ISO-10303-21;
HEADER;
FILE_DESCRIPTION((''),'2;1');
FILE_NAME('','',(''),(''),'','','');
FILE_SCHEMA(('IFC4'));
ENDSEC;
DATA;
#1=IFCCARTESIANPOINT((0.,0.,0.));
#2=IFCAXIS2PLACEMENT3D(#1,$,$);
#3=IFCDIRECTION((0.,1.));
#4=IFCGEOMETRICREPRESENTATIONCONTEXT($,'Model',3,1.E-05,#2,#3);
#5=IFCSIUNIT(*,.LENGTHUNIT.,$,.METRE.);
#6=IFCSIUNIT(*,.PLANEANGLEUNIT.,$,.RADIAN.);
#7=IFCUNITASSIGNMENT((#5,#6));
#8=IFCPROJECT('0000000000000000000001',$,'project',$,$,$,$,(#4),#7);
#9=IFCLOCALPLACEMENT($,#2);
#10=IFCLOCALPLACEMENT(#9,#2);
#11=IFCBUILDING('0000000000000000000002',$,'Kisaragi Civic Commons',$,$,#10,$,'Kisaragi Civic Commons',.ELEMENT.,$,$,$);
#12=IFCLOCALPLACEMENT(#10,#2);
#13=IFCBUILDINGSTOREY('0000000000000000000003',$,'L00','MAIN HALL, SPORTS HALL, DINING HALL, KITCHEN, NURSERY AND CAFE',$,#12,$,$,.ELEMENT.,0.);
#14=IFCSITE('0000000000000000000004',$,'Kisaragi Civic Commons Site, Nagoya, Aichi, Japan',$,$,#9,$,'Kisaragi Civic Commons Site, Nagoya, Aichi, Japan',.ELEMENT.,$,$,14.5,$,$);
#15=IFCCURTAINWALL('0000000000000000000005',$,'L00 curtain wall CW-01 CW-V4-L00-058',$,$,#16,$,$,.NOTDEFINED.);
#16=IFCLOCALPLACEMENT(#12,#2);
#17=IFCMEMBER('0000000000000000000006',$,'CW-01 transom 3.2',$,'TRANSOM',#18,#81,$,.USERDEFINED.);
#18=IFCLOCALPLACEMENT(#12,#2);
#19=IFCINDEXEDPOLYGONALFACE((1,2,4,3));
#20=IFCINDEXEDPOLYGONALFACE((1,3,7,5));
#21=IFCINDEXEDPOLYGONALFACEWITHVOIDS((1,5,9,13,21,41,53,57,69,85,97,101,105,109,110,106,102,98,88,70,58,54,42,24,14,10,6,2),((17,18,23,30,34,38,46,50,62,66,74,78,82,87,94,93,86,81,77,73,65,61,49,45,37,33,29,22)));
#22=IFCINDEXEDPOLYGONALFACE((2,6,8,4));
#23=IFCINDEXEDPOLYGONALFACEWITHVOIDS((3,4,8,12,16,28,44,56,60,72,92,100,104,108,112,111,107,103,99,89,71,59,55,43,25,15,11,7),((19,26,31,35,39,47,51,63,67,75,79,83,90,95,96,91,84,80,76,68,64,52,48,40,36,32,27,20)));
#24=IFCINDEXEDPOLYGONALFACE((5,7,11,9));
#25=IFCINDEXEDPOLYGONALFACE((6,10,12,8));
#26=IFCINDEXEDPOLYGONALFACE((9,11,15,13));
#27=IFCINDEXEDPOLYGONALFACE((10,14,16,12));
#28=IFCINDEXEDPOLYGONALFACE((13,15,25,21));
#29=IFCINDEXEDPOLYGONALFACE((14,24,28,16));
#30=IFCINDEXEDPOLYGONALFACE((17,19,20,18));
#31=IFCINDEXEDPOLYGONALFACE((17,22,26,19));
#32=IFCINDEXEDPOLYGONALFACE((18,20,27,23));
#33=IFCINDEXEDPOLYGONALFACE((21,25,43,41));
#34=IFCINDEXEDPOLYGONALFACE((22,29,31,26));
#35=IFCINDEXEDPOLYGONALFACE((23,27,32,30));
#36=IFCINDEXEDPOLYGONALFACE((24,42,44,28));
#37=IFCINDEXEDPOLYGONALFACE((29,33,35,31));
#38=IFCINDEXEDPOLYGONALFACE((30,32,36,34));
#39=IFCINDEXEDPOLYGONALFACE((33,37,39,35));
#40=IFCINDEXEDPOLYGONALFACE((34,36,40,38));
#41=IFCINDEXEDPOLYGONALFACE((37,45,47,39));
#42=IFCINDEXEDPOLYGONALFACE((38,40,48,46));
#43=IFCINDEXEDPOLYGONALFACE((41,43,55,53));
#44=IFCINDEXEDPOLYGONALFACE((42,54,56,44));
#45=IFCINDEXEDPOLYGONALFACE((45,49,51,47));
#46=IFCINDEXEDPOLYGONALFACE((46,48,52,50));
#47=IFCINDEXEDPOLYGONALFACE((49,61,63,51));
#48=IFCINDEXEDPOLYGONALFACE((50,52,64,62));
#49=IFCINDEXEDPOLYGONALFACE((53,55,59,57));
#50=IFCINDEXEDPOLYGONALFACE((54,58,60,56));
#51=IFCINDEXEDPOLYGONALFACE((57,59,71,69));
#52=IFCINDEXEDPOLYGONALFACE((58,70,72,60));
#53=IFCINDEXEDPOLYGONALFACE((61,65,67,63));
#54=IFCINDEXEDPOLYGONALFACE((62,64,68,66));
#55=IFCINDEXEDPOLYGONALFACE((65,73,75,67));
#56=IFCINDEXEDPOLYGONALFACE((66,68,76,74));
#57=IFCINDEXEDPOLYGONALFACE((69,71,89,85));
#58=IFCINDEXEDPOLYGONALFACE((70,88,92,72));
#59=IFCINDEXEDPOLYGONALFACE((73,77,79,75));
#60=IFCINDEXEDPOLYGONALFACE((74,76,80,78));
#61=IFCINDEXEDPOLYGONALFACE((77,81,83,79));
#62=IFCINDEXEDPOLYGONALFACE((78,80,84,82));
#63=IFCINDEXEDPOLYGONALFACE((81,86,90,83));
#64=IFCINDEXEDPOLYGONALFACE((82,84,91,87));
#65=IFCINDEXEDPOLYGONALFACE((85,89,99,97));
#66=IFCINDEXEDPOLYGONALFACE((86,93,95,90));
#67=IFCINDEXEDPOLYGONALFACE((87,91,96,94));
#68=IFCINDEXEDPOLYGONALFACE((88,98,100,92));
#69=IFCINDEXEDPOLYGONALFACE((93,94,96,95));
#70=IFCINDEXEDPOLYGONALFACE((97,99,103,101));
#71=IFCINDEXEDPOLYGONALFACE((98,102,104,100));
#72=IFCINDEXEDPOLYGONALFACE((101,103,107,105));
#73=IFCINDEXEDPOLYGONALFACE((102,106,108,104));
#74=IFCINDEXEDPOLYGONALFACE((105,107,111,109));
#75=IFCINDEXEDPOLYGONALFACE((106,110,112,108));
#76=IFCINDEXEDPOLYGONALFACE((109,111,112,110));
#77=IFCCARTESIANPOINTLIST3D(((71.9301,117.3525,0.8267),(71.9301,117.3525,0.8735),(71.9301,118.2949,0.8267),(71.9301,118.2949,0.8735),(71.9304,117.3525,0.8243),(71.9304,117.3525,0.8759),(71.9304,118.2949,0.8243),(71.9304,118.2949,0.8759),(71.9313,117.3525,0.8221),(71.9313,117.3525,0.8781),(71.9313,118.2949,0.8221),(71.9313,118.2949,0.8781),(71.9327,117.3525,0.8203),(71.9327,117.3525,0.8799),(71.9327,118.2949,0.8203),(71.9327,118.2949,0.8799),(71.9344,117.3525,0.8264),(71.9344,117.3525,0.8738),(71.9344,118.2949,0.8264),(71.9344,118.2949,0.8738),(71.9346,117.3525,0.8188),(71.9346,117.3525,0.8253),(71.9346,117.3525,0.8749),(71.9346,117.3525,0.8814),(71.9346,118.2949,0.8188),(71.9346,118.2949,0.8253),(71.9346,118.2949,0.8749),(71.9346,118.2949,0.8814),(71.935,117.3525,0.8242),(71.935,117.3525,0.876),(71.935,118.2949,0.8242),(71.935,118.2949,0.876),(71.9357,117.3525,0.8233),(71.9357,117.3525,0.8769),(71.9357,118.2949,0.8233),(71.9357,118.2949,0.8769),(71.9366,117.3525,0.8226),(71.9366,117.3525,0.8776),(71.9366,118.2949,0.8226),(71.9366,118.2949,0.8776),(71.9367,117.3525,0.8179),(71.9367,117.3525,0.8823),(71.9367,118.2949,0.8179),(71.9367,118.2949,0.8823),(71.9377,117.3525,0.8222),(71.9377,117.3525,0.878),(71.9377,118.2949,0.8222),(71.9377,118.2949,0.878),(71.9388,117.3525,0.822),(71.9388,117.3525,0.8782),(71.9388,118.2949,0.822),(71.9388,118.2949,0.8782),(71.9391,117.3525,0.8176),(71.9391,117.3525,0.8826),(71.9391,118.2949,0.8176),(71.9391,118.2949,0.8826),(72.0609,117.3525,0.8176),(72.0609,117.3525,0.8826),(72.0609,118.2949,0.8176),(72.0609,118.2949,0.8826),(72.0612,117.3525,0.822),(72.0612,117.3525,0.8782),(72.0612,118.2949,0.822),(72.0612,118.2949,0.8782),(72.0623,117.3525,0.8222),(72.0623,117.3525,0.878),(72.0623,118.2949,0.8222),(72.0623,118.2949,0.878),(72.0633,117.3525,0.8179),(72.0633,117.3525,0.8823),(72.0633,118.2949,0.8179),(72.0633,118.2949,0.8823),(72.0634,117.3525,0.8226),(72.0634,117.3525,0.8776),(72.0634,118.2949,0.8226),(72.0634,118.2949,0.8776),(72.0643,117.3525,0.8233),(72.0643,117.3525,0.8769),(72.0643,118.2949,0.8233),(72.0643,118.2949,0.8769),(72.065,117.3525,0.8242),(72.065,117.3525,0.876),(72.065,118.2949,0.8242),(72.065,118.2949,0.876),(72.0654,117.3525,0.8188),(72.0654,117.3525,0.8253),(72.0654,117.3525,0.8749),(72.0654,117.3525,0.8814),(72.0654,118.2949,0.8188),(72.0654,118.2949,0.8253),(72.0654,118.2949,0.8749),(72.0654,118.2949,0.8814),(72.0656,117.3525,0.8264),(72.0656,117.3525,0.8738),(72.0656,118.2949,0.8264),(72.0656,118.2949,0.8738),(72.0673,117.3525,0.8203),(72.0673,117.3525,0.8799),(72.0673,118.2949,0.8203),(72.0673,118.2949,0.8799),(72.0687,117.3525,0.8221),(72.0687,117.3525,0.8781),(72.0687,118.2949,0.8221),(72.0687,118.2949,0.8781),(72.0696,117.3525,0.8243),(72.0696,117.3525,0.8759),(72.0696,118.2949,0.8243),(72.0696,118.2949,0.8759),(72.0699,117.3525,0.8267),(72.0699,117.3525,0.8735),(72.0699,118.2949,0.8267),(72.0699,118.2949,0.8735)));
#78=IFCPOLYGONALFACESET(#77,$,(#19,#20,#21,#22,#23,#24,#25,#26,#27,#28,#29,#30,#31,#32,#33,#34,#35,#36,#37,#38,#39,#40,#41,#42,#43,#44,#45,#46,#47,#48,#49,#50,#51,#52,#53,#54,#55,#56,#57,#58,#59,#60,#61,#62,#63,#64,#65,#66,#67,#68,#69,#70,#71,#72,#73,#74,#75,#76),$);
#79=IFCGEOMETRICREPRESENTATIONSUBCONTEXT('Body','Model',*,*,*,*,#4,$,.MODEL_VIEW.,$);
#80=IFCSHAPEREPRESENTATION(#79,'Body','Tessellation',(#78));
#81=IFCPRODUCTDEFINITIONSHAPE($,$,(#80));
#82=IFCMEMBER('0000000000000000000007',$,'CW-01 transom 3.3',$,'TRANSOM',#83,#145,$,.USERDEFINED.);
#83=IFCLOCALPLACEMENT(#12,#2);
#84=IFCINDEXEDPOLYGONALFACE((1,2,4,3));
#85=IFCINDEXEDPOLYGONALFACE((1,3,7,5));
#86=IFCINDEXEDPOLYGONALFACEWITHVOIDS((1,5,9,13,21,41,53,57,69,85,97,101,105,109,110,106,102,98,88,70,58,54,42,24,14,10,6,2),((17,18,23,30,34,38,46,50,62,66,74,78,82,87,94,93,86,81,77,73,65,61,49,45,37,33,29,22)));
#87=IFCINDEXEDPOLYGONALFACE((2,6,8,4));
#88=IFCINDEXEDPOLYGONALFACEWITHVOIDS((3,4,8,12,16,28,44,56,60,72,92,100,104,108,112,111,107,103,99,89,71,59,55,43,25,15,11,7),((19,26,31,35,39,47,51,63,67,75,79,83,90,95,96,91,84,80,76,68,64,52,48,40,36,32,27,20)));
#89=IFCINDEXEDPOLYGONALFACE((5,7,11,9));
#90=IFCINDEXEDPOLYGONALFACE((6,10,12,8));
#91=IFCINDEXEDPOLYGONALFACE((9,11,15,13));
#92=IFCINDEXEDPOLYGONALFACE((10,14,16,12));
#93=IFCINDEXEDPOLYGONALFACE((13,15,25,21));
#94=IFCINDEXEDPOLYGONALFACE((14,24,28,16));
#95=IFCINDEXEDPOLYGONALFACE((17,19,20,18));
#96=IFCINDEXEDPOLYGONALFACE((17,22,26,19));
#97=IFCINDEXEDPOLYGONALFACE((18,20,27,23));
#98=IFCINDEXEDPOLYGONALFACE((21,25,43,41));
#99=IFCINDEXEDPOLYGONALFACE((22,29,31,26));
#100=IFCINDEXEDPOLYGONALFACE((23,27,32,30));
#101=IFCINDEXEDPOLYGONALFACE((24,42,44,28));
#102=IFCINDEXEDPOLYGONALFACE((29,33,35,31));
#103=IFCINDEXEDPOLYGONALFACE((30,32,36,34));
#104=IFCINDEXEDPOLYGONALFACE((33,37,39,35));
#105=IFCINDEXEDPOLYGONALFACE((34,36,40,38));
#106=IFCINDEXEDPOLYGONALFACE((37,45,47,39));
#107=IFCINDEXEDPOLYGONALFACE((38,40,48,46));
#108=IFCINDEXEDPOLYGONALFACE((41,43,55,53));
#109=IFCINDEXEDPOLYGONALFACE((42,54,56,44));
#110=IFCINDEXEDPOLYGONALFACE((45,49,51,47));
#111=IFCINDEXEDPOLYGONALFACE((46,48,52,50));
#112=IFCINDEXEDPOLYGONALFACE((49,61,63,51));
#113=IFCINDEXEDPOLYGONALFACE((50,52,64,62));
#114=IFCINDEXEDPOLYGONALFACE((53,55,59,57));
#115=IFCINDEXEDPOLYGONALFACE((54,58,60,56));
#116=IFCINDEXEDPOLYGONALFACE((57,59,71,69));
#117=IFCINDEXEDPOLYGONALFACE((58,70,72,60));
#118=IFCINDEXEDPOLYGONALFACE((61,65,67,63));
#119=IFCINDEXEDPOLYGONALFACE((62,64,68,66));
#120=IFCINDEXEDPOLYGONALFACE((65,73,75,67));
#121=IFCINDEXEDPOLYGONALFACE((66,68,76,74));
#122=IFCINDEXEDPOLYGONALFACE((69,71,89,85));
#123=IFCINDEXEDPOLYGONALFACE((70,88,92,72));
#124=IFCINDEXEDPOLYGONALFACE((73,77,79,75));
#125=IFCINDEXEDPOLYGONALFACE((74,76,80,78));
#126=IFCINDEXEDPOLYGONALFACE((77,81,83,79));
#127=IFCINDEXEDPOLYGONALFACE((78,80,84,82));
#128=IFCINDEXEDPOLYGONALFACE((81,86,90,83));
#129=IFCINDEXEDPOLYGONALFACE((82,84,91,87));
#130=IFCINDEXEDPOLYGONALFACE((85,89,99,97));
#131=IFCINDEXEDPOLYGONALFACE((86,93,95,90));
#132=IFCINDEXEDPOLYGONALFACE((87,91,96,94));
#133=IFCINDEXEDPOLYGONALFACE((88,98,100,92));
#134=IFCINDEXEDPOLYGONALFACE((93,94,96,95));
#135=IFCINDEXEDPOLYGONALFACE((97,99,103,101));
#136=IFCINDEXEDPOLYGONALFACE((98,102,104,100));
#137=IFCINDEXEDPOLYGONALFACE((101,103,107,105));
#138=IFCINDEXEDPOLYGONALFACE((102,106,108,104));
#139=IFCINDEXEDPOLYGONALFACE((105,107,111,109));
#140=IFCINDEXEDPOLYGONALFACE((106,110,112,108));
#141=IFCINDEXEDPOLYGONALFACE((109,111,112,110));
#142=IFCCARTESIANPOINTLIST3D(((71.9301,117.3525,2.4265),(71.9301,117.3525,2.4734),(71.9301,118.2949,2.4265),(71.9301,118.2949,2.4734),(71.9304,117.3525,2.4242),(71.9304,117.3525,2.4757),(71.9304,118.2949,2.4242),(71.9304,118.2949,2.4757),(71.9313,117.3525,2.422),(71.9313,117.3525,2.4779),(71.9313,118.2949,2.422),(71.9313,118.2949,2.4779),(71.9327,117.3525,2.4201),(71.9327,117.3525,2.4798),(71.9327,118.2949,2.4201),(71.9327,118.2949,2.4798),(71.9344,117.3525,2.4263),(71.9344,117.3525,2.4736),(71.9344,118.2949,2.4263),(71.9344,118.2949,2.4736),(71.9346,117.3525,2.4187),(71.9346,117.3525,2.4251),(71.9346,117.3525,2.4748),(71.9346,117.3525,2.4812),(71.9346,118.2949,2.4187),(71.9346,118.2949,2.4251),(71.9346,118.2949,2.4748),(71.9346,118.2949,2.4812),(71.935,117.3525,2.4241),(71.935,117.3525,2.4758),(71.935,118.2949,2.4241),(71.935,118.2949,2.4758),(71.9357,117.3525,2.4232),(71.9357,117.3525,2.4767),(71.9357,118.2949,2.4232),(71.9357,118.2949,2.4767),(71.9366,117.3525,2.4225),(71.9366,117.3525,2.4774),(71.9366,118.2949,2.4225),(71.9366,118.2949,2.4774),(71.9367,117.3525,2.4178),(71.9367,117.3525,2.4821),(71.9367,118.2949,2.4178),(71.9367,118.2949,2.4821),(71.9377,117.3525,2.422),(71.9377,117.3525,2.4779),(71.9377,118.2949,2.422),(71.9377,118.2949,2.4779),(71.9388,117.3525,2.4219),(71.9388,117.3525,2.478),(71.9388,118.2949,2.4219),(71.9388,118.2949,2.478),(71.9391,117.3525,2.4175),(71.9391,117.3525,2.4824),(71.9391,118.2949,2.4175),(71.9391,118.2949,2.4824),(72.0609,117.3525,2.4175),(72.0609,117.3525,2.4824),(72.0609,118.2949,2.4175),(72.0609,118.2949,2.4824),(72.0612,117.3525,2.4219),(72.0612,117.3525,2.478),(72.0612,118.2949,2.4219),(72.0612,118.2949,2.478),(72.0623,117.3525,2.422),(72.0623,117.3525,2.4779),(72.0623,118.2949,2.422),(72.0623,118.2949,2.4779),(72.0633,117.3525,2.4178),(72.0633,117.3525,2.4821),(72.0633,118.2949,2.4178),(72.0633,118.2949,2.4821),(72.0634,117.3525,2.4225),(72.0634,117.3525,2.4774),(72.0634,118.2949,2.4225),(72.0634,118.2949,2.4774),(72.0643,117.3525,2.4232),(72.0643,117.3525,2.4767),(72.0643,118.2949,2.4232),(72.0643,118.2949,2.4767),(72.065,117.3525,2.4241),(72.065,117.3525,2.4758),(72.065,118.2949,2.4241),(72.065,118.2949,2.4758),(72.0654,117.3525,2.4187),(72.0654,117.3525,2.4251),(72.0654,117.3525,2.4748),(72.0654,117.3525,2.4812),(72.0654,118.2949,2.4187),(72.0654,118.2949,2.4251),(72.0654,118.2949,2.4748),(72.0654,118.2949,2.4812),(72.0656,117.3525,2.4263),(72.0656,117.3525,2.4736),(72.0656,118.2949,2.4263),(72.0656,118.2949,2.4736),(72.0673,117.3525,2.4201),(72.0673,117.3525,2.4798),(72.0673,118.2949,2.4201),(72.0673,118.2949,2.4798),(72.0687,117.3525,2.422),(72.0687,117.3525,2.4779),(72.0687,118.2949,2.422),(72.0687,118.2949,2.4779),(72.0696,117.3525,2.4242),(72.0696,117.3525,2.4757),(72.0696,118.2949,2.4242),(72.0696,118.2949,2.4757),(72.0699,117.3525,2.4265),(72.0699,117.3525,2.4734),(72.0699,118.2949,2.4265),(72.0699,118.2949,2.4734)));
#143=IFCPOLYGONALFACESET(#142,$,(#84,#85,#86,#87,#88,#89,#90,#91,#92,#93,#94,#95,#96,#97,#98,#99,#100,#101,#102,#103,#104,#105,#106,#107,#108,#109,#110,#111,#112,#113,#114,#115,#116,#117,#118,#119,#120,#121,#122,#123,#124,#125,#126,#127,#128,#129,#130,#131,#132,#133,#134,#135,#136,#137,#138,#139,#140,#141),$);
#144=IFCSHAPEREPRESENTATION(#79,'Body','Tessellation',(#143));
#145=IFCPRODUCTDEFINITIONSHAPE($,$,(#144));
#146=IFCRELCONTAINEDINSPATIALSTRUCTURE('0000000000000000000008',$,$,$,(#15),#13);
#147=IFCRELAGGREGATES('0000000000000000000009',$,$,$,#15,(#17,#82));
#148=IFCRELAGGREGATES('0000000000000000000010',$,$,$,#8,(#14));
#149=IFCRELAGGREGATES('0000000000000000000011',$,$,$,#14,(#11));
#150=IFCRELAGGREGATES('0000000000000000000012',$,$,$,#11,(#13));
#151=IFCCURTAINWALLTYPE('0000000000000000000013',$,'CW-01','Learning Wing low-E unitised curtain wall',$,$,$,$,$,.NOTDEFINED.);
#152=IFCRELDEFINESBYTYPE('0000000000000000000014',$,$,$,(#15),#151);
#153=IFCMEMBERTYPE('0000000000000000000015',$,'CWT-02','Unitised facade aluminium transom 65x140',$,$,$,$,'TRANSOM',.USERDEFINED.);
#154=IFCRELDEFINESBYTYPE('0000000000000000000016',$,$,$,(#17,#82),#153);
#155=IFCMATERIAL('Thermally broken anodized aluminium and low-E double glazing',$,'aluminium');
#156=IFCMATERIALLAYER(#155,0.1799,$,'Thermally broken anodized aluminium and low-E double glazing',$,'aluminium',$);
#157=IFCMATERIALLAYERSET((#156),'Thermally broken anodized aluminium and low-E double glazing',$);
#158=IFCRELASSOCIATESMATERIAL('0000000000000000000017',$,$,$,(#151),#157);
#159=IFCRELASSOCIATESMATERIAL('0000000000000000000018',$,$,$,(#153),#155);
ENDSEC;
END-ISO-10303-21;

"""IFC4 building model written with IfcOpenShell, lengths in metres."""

from ifc_helpers import new_model, si_unit, direction, frame, origin, origin_2d, place, context, subcontext, project, spatial, hollow_rectangle, extrude, material, layer, layer_set, material_profile, profile_set, type_object, element, aggregate, save


model = new_model("IFC4")

# Units and contexts
model_context = context("Model", 3, precision=1e-05, world=origin(), true_north=direction((0.0, 1.0)))
body_context = subcontext(model_context, "Body", "Model", "MODEL_VIEW")
ifc_project = project(units=[si_unit("LENGTHUNIT", "METRE"), si_unit("PLANEANGLEUNIT", "RADIAN")], contexts=[model_context])

# Site, building, storey
site_placement = place(None, origin())
site = spatial("IfcSite", under=ifc_project, at=site_placement, Name="Kisaragi Civic Commons Site, Nagoya, Aichi, Japan", LongName="Kisaragi Civic Commons Site, Nagoya, Aichi, Japan", CompositionType="ELEMENT", RefElevation=14.5)
building_placement = place(site_placement, origin())
building = spatial("IfcBuilding", under=site, at=building_placement, Name="Kisaragi Civic Commons", LongName="Kisaragi Civic Commons", CompositionType="ELEMENT")
storey_placement = place(building_placement, origin())
storey = spatial("IfcBuildingStorey", under=building, at=storey_placement, Name="L00", Description="MAIN HALL, SPORTS HALL, DINING HALL, KITCHEN, NURSERY AND CAFE", CompositionType="ELEMENT", Elevation=0.0)

# Shared definitions
ifc_material_1 = material(Name="Thermally broken anodized aluminium and low-E double glazing", Category="aluminium")
ifc_layer_1 = layer(ifc_material_1, 0.1799, Name="Thermally broken anodized aluminium and low-E double glazing", Category="aluminium")
ifc_layer_set_1 = layer_set([ifc_layer_1], Name="Thermally broken anodized aluminium and low-E double glazing")
curtain_wall_type = type_object("IfcCurtainWallType", Name="CW-01", Description="Learning Wing low-E unitised curtain wall", PredefinedType="NOTDEFINED", material=ifc_layer_set_1)

# Curtain wall, members
curtain_wall_1_placement = place(storey_placement, origin())
curtain_wall_1 = element("IfcCurtainWall", 1, at=curtain_wall_1_placement, inside=storey, type_object=curtain_wall_type, Name="L00 curtain wall CW-01 CW-V4-L00-058", PredefinedType="NOTDEFINED")
ifc_material_profile_1 = material_profile(ifc_material_1, hollow_rectangle(XDim=0.1399, YDim=0.0649, WallThickness=0.0044, InnerFilletRadius=0.0044, OuterFilletRadius=0.009, at=origin_2d()), Name="CWT-65x140x4.5", Category="aluminium")
ifc_profile_set_1 = profile_set([ifc_material_profile_1], Name="Thermally broken anodized aluminium and low-E double glazing")
member_type_1 = type_object("IfcMemberType", Name="CWT-02", Description="Unitised facade aluminium transom 65x140", ElementType="TRANSOM", PredefinedType="USERDEFINED", material=ifc_profile_set_1)
member_1_placement = place(storey_placement, frame((72.0, 117.3525, 0.8501), z_axis=(0.0, 1.0, 0.0), x_axis=(-1.0, 0.0, 0.0)))
member_1 = element("IfcMember", 2, at=member_1_placement, type_object=member_type_1, Name="CW-01 transom 3.2", ObjectType="TRANSOM", PredefinedType="USERDEFINED", context=body_context, shape_type="SweptSolid", body=[
    extrude(hollow_rectangle(XDim=0.1399, YDim=0.0649, WallThickness=0.0044, InnerFilletRadius=0.0044, OuterFilletRadius=0.009, at=origin_2d()), origin(), (0.0, 0.0, 1.0), 0.9424),
])
member_2_placement = place(storey_placement, frame((72.0, 117.3525, 2.45), z_axis=(0.0, 1.0, 0.0), x_axis=(-1.0, 0.0, 0.0)))
member_2 = element("IfcMember", 3, at=member_2_placement, type_object=member_type_1, Name="CW-01 transom 3.3", ObjectType="TRANSOM", PredefinedType="USERDEFINED", context=body_context, shape_type="SweptSolid", body=[
    extrude(hollow_rectangle(XDim=0.1399, YDim=0.0649, WallThickness=0.0044, InnerFilletRadius=0.0044, OuterFilletRadius=0.009, at=origin_2d()), origin(), (0.0, 0.0, 1.0), 0.9424),
])

aggregate(curtain_wall_1, [member_1, member_2])

save(model, "model.ifc")
